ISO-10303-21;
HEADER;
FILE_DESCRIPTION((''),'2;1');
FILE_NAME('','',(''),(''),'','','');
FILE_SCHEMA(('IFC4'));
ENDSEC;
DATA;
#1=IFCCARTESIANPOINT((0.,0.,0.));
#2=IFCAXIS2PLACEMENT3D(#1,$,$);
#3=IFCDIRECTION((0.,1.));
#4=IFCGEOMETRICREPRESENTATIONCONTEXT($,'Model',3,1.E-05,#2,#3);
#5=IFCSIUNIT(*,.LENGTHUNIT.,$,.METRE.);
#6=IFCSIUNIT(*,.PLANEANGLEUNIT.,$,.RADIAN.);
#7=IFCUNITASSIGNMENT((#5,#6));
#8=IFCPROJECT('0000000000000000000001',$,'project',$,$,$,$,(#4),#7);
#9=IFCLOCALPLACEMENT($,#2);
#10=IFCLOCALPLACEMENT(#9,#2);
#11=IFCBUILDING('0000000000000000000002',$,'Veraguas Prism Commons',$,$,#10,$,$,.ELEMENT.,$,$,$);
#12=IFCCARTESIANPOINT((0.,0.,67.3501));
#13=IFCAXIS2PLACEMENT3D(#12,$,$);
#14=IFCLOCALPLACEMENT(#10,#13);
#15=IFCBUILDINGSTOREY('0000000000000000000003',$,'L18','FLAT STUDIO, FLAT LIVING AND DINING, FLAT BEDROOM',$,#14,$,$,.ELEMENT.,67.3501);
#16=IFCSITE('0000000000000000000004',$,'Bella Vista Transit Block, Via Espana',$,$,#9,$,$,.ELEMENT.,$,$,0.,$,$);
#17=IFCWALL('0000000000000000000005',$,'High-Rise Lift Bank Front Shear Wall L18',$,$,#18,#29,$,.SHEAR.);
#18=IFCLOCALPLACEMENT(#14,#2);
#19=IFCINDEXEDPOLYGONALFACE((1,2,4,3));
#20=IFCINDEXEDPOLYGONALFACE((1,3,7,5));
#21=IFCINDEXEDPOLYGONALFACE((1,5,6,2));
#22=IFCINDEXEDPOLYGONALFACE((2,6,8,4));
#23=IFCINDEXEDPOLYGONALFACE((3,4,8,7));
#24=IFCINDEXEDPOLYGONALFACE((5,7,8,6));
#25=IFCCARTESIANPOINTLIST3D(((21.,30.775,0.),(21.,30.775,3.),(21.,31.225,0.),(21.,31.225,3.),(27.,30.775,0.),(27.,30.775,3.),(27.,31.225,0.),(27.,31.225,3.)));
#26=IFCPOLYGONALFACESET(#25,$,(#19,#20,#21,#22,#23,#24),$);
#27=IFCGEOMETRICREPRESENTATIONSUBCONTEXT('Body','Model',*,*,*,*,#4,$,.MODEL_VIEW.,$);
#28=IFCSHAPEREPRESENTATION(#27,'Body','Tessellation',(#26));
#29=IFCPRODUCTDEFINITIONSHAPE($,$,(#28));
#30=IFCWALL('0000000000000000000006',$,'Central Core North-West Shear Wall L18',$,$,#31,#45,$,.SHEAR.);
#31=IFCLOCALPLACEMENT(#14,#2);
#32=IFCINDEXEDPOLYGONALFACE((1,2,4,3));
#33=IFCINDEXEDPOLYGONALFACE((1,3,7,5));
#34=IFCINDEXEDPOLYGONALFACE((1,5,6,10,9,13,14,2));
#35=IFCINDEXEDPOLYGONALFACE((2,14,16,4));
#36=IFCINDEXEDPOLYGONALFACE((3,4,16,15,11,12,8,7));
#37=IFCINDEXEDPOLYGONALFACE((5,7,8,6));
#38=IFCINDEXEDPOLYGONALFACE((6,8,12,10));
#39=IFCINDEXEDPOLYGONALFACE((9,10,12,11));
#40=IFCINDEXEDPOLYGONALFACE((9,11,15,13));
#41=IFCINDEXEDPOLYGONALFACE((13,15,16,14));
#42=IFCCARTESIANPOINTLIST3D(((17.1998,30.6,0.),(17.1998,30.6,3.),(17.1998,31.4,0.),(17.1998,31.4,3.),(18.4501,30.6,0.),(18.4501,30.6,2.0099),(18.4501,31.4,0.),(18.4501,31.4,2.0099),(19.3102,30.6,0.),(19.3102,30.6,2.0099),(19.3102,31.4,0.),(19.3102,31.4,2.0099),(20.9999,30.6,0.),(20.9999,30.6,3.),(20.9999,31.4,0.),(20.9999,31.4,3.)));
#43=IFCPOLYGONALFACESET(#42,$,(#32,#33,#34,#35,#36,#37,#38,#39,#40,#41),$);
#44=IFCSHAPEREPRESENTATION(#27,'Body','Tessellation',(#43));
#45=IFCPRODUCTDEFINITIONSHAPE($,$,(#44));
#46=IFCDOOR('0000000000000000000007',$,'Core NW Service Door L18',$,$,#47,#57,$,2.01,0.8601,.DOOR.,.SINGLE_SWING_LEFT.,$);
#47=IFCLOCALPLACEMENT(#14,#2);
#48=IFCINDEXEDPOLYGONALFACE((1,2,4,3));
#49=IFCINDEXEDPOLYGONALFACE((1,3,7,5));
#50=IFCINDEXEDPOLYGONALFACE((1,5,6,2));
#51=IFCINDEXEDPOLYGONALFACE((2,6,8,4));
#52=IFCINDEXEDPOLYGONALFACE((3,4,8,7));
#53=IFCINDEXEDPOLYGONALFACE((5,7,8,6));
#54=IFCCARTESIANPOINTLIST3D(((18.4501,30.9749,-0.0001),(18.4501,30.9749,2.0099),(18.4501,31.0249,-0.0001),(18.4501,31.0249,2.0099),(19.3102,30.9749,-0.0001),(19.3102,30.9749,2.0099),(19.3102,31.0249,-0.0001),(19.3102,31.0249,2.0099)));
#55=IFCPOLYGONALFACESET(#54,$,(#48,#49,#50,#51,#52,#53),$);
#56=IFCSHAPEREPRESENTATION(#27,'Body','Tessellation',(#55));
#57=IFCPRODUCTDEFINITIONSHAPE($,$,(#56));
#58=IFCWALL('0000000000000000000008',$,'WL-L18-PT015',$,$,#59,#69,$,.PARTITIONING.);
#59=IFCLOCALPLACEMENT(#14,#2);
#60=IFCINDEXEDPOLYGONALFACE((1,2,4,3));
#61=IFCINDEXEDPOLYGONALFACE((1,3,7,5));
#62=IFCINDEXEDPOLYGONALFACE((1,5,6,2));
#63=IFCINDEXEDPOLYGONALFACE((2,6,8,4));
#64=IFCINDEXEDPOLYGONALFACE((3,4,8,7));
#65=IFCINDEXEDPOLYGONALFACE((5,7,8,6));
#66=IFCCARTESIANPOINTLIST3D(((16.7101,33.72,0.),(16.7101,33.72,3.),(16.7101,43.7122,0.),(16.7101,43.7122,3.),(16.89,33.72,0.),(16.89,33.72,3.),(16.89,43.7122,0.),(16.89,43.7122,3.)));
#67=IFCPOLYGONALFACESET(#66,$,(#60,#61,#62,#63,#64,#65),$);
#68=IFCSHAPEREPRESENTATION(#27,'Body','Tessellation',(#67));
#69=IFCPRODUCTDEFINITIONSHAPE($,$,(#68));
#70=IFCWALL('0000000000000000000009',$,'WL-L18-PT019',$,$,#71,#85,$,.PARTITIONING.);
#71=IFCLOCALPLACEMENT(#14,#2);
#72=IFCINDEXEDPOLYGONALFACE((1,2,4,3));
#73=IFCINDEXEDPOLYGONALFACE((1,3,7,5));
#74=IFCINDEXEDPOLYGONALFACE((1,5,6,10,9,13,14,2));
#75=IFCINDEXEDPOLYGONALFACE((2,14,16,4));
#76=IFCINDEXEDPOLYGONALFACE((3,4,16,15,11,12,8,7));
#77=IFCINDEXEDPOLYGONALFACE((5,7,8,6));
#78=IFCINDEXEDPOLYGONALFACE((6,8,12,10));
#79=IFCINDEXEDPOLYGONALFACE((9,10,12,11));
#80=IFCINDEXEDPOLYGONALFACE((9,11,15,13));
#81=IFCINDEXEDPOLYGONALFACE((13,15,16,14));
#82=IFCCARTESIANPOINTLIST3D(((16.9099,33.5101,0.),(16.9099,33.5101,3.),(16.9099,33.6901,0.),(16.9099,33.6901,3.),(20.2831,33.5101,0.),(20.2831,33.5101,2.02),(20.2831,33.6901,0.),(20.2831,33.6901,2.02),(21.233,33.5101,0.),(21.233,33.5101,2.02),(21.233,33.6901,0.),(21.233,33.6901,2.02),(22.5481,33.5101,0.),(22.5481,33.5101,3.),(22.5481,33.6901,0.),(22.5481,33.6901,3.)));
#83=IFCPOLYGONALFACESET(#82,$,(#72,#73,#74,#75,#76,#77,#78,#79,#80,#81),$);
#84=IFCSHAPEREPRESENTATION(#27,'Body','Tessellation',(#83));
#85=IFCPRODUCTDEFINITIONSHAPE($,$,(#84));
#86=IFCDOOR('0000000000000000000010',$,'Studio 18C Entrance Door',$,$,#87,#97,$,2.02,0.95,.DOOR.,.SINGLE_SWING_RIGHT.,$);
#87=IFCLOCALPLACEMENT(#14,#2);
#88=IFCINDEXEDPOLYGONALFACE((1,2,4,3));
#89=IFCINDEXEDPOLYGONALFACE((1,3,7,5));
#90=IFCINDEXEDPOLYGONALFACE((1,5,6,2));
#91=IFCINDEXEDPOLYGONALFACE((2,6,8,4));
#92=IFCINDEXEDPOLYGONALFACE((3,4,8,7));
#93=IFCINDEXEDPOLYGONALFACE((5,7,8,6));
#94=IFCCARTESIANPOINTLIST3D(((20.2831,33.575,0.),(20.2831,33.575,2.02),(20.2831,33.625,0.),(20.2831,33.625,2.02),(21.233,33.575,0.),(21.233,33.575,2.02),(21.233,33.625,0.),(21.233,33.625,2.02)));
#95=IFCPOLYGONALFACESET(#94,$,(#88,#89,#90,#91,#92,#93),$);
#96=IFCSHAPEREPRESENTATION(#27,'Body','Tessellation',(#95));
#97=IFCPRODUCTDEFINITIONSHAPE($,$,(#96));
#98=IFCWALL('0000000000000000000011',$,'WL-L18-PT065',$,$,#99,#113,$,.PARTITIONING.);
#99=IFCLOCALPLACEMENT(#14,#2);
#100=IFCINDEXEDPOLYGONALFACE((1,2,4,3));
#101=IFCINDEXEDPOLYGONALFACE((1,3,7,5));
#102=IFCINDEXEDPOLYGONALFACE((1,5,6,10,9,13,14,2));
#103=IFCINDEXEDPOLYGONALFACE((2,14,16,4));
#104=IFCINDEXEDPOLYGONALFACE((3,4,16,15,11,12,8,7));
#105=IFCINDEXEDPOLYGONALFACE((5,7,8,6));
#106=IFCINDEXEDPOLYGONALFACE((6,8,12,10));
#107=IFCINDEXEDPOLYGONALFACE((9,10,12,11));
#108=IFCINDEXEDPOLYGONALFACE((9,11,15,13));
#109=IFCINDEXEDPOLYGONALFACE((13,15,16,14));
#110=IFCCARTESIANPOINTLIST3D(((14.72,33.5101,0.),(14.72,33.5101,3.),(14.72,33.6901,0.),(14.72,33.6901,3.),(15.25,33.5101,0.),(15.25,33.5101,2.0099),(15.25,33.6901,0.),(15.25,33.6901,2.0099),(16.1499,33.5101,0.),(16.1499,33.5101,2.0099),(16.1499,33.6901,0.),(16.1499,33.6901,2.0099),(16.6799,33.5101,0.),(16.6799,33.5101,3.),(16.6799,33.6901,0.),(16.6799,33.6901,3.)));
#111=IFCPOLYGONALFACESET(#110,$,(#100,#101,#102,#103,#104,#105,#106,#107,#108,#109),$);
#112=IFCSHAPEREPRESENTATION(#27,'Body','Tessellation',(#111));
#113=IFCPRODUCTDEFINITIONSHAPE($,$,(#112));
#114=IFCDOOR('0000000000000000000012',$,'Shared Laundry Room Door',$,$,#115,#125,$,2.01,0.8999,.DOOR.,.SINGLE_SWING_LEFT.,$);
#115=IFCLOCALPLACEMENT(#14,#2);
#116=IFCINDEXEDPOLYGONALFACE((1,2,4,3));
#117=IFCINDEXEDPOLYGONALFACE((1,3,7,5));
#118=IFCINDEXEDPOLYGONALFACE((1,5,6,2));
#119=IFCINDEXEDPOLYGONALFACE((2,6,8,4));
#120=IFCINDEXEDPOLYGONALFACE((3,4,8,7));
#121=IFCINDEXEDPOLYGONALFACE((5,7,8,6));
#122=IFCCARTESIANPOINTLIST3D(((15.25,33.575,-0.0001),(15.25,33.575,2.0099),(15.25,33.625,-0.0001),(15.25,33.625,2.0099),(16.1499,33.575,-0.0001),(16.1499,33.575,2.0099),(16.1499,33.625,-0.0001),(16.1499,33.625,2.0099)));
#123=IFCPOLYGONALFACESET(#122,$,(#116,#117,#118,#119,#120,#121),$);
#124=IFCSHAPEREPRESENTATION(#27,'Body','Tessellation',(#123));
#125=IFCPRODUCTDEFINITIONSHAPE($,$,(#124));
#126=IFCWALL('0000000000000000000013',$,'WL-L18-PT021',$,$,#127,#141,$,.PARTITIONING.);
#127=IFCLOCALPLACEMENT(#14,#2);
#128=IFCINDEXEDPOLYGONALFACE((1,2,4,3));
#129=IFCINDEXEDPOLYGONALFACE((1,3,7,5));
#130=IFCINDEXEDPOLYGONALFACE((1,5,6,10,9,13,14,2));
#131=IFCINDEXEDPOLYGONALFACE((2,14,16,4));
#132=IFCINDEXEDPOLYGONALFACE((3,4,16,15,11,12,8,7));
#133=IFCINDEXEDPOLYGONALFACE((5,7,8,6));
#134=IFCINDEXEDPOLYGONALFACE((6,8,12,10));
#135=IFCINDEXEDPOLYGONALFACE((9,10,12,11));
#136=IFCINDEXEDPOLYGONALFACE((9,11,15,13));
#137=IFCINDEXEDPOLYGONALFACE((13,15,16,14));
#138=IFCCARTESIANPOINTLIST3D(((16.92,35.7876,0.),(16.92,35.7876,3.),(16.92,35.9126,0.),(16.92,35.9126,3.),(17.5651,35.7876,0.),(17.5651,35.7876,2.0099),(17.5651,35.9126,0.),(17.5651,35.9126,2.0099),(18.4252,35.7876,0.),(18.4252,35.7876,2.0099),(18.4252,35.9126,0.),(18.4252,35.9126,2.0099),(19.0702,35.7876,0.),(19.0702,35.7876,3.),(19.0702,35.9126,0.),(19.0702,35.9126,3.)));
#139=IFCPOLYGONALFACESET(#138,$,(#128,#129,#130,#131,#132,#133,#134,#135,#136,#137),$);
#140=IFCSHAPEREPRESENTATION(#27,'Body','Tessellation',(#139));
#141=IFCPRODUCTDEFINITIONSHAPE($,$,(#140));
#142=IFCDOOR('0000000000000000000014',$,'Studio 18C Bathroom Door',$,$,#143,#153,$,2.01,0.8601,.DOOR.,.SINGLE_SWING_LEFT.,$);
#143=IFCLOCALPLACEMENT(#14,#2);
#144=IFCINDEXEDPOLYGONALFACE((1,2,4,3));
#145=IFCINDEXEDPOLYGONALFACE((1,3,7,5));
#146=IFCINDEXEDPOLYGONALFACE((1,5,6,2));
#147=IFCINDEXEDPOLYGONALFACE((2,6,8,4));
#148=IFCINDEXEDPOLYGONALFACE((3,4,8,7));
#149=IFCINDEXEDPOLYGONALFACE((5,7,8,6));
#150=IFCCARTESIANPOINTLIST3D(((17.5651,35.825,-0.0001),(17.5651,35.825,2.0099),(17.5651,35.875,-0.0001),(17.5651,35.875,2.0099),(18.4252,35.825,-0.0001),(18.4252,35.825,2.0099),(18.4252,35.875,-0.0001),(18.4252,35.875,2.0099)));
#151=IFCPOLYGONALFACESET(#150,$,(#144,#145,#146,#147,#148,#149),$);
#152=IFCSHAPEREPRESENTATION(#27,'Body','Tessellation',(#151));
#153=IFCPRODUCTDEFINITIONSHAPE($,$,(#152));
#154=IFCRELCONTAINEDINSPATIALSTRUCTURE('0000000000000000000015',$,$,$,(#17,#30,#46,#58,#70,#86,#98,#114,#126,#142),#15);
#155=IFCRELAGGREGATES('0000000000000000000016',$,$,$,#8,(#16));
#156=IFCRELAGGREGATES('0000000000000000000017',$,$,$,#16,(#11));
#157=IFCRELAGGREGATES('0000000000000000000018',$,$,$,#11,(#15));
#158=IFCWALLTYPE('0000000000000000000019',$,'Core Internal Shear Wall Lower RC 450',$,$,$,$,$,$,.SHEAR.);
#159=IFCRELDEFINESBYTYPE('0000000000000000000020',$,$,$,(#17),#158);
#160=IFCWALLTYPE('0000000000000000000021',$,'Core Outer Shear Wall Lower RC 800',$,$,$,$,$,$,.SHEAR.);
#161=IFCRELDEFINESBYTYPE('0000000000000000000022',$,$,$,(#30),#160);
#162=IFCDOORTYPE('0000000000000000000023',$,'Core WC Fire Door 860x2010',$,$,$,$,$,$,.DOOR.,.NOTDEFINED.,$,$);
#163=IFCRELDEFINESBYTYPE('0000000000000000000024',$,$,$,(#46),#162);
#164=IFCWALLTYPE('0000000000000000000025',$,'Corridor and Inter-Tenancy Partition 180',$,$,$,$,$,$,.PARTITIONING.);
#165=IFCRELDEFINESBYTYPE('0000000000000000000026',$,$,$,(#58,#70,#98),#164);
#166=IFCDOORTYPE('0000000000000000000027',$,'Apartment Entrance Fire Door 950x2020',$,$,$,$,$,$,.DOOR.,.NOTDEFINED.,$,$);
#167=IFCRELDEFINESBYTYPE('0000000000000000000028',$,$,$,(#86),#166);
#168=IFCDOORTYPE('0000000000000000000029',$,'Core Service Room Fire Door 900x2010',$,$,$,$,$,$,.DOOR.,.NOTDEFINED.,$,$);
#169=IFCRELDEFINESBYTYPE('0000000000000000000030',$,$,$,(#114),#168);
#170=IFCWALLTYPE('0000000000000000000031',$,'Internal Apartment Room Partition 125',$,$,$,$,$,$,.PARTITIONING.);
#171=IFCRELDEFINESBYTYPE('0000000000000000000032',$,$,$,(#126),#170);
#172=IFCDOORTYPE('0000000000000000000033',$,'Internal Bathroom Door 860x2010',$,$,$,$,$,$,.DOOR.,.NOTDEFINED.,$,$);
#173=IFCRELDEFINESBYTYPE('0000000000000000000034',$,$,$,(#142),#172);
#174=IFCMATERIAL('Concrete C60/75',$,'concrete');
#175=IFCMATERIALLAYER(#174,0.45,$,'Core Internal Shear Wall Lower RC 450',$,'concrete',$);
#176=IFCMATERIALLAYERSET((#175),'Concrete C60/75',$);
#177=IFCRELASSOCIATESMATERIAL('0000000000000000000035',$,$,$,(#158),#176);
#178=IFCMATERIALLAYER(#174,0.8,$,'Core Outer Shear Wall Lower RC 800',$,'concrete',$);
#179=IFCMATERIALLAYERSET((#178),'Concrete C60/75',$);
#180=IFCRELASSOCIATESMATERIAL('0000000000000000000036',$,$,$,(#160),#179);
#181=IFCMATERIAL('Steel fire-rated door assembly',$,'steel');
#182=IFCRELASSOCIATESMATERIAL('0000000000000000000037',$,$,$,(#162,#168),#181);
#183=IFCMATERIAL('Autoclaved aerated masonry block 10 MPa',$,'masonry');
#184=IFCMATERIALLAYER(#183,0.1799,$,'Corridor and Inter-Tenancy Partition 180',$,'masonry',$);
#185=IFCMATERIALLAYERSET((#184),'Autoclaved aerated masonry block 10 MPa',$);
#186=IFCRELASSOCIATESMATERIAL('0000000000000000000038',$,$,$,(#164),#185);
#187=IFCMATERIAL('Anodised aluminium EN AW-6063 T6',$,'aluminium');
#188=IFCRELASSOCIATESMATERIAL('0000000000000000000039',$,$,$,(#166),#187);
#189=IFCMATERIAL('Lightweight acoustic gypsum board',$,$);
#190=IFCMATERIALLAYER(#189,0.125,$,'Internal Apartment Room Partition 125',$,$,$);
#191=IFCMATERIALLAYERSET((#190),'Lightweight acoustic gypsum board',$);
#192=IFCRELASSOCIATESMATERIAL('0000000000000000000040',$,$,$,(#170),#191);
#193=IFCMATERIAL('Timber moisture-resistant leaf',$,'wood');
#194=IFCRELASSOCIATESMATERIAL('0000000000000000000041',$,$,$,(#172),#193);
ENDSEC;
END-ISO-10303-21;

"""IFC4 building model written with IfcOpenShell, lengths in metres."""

from ifc_helpers import new_model, si_unit, direction, frame, frame_2d, origin, place, context, subcontext, project, spatial, rectangle, extrude, source, transform, mapped, material, layer, layer_set, type_object, element, fill, save


model = new_model("IFC4")

# Units and contexts
model_context = context("Model", 3, precision=1e-05, world=origin(), true_north=direction((0.0, 1.0)))
body_context = subcontext(model_context, "Body", "Model", "MODEL_VIEW")
ifc_project = project(units=[si_unit("LENGTHUNIT", "METRE"), si_unit("PLANEANGLEUNIT", "RADIAN")], contexts=[model_context])

# Site, building, storey
site_placement = place(None, origin())
site = spatial("IfcSite", under=ifc_project, at=site_placement, Name="Bella Vista Transit Block, Via Espana", CompositionType="ELEMENT", RefElevation=0.0)
building_placement = place(site_placement, origin())
building = spatial("IfcBuilding", under=site, at=building_placement, Name="Veraguas Prism Commons", CompositionType="ELEMENT")
storey_placement = place(building_placement, frame((0.0, 0.0, 67.3501)))
storey = spatial("IfcBuildingStorey", under=building, at=storey_placement, Name="L18", Description="FLAT STUDIO, FLAT LIVING AND DINING, FLAT BEDROOM", CompositionType="ELEMENT", Elevation=67.3501)

# Shared definitions
ifc_material_1 = material(Name="Concrete C60/75", Category="concrete")

# Shared definitions
ifc_material_2 = material(Name="Anodised aluminium EN AW-6063 T6", Category="aluminium")

# Wall
ifc_layer_1 = layer(ifc_material_1, 0.45, Name="Core Internal Shear Wall Lower RC 450", Category="concrete")
ifc_layer_set_1 = layer_set([ifc_layer_1], Name="Concrete C60/75")
wall_type_1 = type_object("IfcWallType", Name="Core Internal Shear Wall Lower RC 450", PredefinedType="SHEAR", material=ifc_layer_set_1)
wall_1_placement = place(storey_placement, frame((21.0, 31.0, 0.0), z_axis=(0.0, 0.0, 1.0), x_axis=(1.0, 0.0, 0.0)))
element("IfcWall", 1, at=wall_1_placement, inside=storey, type_object=wall_type_1, Name="High-Rise Lift Bank Front Shear Wall L18", PredefinedType="SHEAR", context=body_context, shape_type="SweptSolid", body=[
    extrude(rectangle(XDim=6.0, YDim=0.45, at=frame_2d((3.0, 0.0))), origin(), (0.0, 0.0, 1.0), 3.0),
])

# Wall, opening, door
ifc_layer_2 = layer(ifc_material_1, 0.8, Name="Core Outer Shear Wall Lower RC 800", Category="concrete")
ifc_layer_set_2 = layer_set([ifc_layer_2], Name="Concrete C60/75")
wall_type_2 = type_object("IfcWallType", Name="Core Outer Shear Wall Lower RC 800", PredefinedType="SHEAR", material=ifc_layer_set_2)
wall_2_placement = place(storey_placement, frame((17.2, 31.0, 0.0), z_axis=(0.0, 0.0, 1.0), x_axis=(1.0, 0.0, 0.0)))
wall_2 = element("IfcWall", 2, at=wall_2_placement, inside=storey, type_object=wall_type_2, Name="Central Core North-West Shear Wall L18", PredefinedType="SHEAR", context=body_context, shape_type="SweptSolid", body=[
    extrude(rectangle(XDim=3.8, YDim=0.8, at=frame_2d((1.8999, 0.0))), origin(), (0.0, 0.0, 1.0), 3.0),
])
opening_1_placement = place(wall_2_placement, frame((1.25, 0.0, 0.0)))
opening_1 = element("IfcOpeningElement", 3, at=opening_1_placement, cuts=wall_2, PredefinedType="OPENING", context=body_context, shape_type="SweptSolid", body=[
    extrude(rectangle(XDim=0.8601, YDim=2.01, at=frame_2d((0.4302, 1.0049))), frame((0.0, 0.4099, 0.0), z_axis=(0.0, -1.0, 0.0), x_axis=(1.0, 0.0, 0.0)), (0.0, 0.0, 1.0), 0.8201),
])
ifc_material_3 = material(Name="Steel fire-rated door assembly", Category="steel")
door_type_1 = type_object("IfcDoorType", Name="Core WC Fire Door 860x2010", OperationType="NOTDEFINED", PredefinedType="DOOR", material=ifc_material_3)
shared_shape_1 = source(origin(), body_context, "Body", "SweptSolid", [
    extrude(rectangle(XDim=0.8601, YDim=2.01, at=frame_2d((0.4302, 1.0049))), frame((0.0, 0.0249, 0.0), z_axis=(0.0, -1.0, 0.0), x_axis=(1.0, 0.0, 0.0)), (0.0, 0.0, 1.0), 0.05),
])
door_1_placement = place(opening_1_placement, origin())
door_1 = element("IfcDoor", 4, at=door_1_placement, inside=storey, type_object=door_type_1, Name="Core NW Service Door L18", OperationType="SINGLE_SWING_LEFT", OverallHeight=2.01, OverallWidth=0.8601, PredefinedType="DOOR", context=body_context, shape_type="MappedRepresentation", body=[
    mapped(shared_shape_1, transform((0.0, 0.0, 0.0), scale=1.0)),
])
fill(opening_1, door_1)

# Wall
ifc_material_4 = material(Name="Autoclaved aerated masonry block 10 MPa", Category="masonry")
ifc_layer_3 = layer(ifc_material_4, 0.1799, Name="Corridor and Inter-Tenancy Partition 180", Category="masonry")
ifc_layer_set_3 = layer_set([ifc_layer_3], Name="Autoclaved aerated masonry block 10 MPa")
wall_type_3 = type_object("IfcWallType", Name="Corridor and Inter-Tenancy Partition 180", PredefinedType="PARTITIONING", material=ifc_layer_set_3)
wall_3_placement = place(storey_placement, frame((16.8, 33.72, 0.0), z_axis=(0.0, 0.0, 1.0), x_axis=(0.0, 1.0, 0.0)))
element("IfcWall", 5, at=wall_3_placement, inside=storey, type_object=wall_type_3, Name="WL-L18-PT015", PredefinedType="PARTITIONING", context=body_context, shape_type="SweptSolid", body=[
    extrude(rectangle(XDim=9.9922, YDim=0.1799, at=frame_2d((4.9961, 0.0))), origin(), (0.0, 0.0, 1.0), 3.0),
])

# Walls, openings, doors
wall_4_placement = place(storey_placement, frame((16.9099, 33.6001, 0.0), z_axis=(0.0, 0.0, 1.0), x_axis=(1.0, 0.0, 0.0)))
wall_4 = element("IfcWall", 6, at=wall_4_placement, inside=storey, type_object=wall_type_3, Name="WL-L18-PT019", PredefinedType="PARTITIONING", context=body_context, shape_type="SweptSolid", body=[
    extrude(rectangle(XDim=5.6382, YDim=0.1799, at=frame_2d((2.8191, 0.0))), origin(), (0.0, 0.0, 1.0), 3.0),
])
opening_2_placement = place(wall_4_placement, frame((3.373, 0.0, 0.0)))
opening_2 = element("IfcOpeningElement", 7, at=opening_2_placement, cuts=wall_4, PredefinedType="OPENING", context=body_context, shape_type="SweptSolid", body=[
    extrude(rectangle(XDim=0.95, YDim=2.02, at=frame_2d((0.4751, 1.01))), frame((0.0, 0.0999, 0.0), z_axis=(0.0, -1.0, 0.0), x_axis=(1.0, 0.0, 0.0)), (0.0, 0.0, 1.0), 0.2),
])
door_type_2 = type_object("IfcDoorType", Name="Apartment Entrance Fire Door 950x2020", OperationType="NOTDEFINED", PredefinedType="DOOR", material=ifc_material_2)
shared_shape_2 = source(origin(), body_context, "Body", "SweptSolid", [
    extrude(rectangle(XDim=0.95, YDim=2.02, at=frame_2d((0.4751, 1.01))), frame((0.0, 0.0249, 0.0), z_axis=(0.0, -1.0, 0.0), x_axis=(1.0, 0.0, 0.0)), (0.0, 0.0, 1.0), 0.05),
])
door_2_placement = place(opening_2_placement, origin())
door_2 = element("IfcDoor", 8, at=door_2_placement, inside=storey, type_object=door_type_2, Name="Studio 18C Entrance Door", OperationType="SINGLE_SWING_RIGHT", OverallHeight=2.02, OverallWidth=0.95, PredefinedType="DOOR", context=body_context, shape_type="MappedRepresentation", body=[
    mapped(shared_shape_2, transform((0.0, 0.0, 0.0), scale=1.0)),
])
fill(opening_2, door_2)
wall_5_placement = place(storey_placement, frame((14.72, 33.6001, 0.0), z_axis=(0.0, 0.0, 1.0), x_axis=(1.0, 0.0, 0.0)))
wall_5 = element("IfcWall", 9, at=wall_5_placement, inside=storey, type_object=wall_type_3, Name="WL-L18-PT065", PredefinedType="PARTITIONING", context=body_context, shape_type="SweptSolid", body=[
    extrude(rectangle(XDim=1.96, YDim=0.1799, at=frame_2d((0.98, 0.0))), origin(), (0.0, 0.0, 1.0), 3.0),
])
opening_3_placement = place(wall_5_placement, frame((0.53, 0.0, 0.0)))
opening_3 = element("IfcOpeningElement", 10, at=opening_3_placement, cuts=wall_5, PredefinedType="OPENING", context=body_context, shape_type="SweptSolid", body=[
    extrude(rectangle(XDim=0.8999, YDim=2.01, at=frame_2d((0.45, 1.0049))), frame((0.0, 0.0999, 0.0), z_axis=(0.0, -1.0, 0.0), x_axis=(1.0, 0.0, 0.0)), (0.0, 0.0, 1.0), 0.2),
])
door_type_3 = type_object("IfcDoorType", Name="Core Service Room Fire Door 900x2010", OperationType="NOTDEFINED", PredefinedType="DOOR", material=ifc_material_3)
shared_shape_3 = source(origin(), body_context, "Body", "SweptSolid", [
    extrude(rectangle(XDim=0.8999, YDim=2.01, at=frame_2d((0.45, 1.0049))), frame((0.0, 0.0249, 0.0), z_axis=(0.0, -1.0, 0.0), x_axis=(1.0, 0.0, 0.0)), (0.0, 0.0, 1.0), 0.05),
])
door_3_placement = place(opening_3_placement, origin())
door_3 = element("IfcDoor", 11, at=door_3_placement, inside=storey, type_object=door_type_3, Name="Shared Laundry Room Door", OperationType="SINGLE_SWING_LEFT", OverallHeight=2.01, OverallWidth=0.8999, PredefinedType="DOOR", context=body_context, shape_type="MappedRepresentation", body=[
    mapped(shared_shape_3, transform((0.0, 0.0, 0.0), scale=1.0)),
])
fill(opening_3, door_3)
ifc_material_5 = material(Name="Lightweight acoustic gypsum board")
ifc_layer_4 = layer(ifc_material_5, 0.125, Name="Internal Apartment Room Partition 125")
ifc_layer_set_4 = layer_set([ifc_layer_4], Name="Lightweight acoustic gypsum board")
wall_type_4 = type_object("IfcWallType", Name="Internal Apartment Room Partition 125", PredefinedType="PARTITIONING", material=ifc_layer_set_4)
wall_6_placement = place(storey_placement, frame((16.9199, 35.8501, 0.0), z_axis=(0.0, 0.0, 1.0), x_axis=(1.0, 0.0, 0.0)))
wall_6 = element("IfcWall", 12, at=wall_6_placement, inside=storey, type_object=wall_type_4, Name="WL-L18-PT021", PredefinedType="PARTITIONING", context=body_context, shape_type="SweptSolid", body=[
    extrude(rectangle(XDim=2.1501, YDim=0.125, at=frame_2d((1.0752, 0.0))), origin(), (0.0, 0.0, 1.0), 3.0),
])
opening_4_placement = place(wall_6_placement, frame((0.645, 0.0, 0.0)))
opening_4 = element("IfcOpeningElement", 13, at=opening_4_placement, cuts=wall_6, PredefinedType="OPENING", context=body_context, shape_type="SweptSolid", body=[
    extrude(rectangle(XDim=0.8601, YDim=2.01, at=frame_2d((0.4302, 1.0049))), frame((0.0, 0.0725, 0.0), z_axis=(0.0, -1.0, 0.0), x_axis=(1.0, 0.0, 0.0)), (0.0, 0.0, 1.0), 0.145),
])
ifc_material_6 = material(Name="Timber moisture-resistant leaf", Category="wood")
door_type_4 = type_object("IfcDoorType", Name="Internal Bathroom Door 860x2010", OperationType="NOTDEFINED", PredefinedType="DOOR", material=ifc_material_6)
door_4_placement = place(opening_4_placement, origin())
door_4 = element("IfcDoor", 14, at=door_4_placement, inside=storey, type_object=door_type_4, Name="Studio 18C Bathroom Door", OperationType="SINGLE_SWING_LEFT", OverallHeight=2.01, OverallWidth=0.8601, PredefinedType="DOOR", context=body_context, shape_type="MappedRepresentation", body=[
    mapped(shared_shape_1, transform((0.0, 0.0, 0.0), scale=1.0)),
])
fill(opening_4, door_4)

save(model, "model.ifc")
